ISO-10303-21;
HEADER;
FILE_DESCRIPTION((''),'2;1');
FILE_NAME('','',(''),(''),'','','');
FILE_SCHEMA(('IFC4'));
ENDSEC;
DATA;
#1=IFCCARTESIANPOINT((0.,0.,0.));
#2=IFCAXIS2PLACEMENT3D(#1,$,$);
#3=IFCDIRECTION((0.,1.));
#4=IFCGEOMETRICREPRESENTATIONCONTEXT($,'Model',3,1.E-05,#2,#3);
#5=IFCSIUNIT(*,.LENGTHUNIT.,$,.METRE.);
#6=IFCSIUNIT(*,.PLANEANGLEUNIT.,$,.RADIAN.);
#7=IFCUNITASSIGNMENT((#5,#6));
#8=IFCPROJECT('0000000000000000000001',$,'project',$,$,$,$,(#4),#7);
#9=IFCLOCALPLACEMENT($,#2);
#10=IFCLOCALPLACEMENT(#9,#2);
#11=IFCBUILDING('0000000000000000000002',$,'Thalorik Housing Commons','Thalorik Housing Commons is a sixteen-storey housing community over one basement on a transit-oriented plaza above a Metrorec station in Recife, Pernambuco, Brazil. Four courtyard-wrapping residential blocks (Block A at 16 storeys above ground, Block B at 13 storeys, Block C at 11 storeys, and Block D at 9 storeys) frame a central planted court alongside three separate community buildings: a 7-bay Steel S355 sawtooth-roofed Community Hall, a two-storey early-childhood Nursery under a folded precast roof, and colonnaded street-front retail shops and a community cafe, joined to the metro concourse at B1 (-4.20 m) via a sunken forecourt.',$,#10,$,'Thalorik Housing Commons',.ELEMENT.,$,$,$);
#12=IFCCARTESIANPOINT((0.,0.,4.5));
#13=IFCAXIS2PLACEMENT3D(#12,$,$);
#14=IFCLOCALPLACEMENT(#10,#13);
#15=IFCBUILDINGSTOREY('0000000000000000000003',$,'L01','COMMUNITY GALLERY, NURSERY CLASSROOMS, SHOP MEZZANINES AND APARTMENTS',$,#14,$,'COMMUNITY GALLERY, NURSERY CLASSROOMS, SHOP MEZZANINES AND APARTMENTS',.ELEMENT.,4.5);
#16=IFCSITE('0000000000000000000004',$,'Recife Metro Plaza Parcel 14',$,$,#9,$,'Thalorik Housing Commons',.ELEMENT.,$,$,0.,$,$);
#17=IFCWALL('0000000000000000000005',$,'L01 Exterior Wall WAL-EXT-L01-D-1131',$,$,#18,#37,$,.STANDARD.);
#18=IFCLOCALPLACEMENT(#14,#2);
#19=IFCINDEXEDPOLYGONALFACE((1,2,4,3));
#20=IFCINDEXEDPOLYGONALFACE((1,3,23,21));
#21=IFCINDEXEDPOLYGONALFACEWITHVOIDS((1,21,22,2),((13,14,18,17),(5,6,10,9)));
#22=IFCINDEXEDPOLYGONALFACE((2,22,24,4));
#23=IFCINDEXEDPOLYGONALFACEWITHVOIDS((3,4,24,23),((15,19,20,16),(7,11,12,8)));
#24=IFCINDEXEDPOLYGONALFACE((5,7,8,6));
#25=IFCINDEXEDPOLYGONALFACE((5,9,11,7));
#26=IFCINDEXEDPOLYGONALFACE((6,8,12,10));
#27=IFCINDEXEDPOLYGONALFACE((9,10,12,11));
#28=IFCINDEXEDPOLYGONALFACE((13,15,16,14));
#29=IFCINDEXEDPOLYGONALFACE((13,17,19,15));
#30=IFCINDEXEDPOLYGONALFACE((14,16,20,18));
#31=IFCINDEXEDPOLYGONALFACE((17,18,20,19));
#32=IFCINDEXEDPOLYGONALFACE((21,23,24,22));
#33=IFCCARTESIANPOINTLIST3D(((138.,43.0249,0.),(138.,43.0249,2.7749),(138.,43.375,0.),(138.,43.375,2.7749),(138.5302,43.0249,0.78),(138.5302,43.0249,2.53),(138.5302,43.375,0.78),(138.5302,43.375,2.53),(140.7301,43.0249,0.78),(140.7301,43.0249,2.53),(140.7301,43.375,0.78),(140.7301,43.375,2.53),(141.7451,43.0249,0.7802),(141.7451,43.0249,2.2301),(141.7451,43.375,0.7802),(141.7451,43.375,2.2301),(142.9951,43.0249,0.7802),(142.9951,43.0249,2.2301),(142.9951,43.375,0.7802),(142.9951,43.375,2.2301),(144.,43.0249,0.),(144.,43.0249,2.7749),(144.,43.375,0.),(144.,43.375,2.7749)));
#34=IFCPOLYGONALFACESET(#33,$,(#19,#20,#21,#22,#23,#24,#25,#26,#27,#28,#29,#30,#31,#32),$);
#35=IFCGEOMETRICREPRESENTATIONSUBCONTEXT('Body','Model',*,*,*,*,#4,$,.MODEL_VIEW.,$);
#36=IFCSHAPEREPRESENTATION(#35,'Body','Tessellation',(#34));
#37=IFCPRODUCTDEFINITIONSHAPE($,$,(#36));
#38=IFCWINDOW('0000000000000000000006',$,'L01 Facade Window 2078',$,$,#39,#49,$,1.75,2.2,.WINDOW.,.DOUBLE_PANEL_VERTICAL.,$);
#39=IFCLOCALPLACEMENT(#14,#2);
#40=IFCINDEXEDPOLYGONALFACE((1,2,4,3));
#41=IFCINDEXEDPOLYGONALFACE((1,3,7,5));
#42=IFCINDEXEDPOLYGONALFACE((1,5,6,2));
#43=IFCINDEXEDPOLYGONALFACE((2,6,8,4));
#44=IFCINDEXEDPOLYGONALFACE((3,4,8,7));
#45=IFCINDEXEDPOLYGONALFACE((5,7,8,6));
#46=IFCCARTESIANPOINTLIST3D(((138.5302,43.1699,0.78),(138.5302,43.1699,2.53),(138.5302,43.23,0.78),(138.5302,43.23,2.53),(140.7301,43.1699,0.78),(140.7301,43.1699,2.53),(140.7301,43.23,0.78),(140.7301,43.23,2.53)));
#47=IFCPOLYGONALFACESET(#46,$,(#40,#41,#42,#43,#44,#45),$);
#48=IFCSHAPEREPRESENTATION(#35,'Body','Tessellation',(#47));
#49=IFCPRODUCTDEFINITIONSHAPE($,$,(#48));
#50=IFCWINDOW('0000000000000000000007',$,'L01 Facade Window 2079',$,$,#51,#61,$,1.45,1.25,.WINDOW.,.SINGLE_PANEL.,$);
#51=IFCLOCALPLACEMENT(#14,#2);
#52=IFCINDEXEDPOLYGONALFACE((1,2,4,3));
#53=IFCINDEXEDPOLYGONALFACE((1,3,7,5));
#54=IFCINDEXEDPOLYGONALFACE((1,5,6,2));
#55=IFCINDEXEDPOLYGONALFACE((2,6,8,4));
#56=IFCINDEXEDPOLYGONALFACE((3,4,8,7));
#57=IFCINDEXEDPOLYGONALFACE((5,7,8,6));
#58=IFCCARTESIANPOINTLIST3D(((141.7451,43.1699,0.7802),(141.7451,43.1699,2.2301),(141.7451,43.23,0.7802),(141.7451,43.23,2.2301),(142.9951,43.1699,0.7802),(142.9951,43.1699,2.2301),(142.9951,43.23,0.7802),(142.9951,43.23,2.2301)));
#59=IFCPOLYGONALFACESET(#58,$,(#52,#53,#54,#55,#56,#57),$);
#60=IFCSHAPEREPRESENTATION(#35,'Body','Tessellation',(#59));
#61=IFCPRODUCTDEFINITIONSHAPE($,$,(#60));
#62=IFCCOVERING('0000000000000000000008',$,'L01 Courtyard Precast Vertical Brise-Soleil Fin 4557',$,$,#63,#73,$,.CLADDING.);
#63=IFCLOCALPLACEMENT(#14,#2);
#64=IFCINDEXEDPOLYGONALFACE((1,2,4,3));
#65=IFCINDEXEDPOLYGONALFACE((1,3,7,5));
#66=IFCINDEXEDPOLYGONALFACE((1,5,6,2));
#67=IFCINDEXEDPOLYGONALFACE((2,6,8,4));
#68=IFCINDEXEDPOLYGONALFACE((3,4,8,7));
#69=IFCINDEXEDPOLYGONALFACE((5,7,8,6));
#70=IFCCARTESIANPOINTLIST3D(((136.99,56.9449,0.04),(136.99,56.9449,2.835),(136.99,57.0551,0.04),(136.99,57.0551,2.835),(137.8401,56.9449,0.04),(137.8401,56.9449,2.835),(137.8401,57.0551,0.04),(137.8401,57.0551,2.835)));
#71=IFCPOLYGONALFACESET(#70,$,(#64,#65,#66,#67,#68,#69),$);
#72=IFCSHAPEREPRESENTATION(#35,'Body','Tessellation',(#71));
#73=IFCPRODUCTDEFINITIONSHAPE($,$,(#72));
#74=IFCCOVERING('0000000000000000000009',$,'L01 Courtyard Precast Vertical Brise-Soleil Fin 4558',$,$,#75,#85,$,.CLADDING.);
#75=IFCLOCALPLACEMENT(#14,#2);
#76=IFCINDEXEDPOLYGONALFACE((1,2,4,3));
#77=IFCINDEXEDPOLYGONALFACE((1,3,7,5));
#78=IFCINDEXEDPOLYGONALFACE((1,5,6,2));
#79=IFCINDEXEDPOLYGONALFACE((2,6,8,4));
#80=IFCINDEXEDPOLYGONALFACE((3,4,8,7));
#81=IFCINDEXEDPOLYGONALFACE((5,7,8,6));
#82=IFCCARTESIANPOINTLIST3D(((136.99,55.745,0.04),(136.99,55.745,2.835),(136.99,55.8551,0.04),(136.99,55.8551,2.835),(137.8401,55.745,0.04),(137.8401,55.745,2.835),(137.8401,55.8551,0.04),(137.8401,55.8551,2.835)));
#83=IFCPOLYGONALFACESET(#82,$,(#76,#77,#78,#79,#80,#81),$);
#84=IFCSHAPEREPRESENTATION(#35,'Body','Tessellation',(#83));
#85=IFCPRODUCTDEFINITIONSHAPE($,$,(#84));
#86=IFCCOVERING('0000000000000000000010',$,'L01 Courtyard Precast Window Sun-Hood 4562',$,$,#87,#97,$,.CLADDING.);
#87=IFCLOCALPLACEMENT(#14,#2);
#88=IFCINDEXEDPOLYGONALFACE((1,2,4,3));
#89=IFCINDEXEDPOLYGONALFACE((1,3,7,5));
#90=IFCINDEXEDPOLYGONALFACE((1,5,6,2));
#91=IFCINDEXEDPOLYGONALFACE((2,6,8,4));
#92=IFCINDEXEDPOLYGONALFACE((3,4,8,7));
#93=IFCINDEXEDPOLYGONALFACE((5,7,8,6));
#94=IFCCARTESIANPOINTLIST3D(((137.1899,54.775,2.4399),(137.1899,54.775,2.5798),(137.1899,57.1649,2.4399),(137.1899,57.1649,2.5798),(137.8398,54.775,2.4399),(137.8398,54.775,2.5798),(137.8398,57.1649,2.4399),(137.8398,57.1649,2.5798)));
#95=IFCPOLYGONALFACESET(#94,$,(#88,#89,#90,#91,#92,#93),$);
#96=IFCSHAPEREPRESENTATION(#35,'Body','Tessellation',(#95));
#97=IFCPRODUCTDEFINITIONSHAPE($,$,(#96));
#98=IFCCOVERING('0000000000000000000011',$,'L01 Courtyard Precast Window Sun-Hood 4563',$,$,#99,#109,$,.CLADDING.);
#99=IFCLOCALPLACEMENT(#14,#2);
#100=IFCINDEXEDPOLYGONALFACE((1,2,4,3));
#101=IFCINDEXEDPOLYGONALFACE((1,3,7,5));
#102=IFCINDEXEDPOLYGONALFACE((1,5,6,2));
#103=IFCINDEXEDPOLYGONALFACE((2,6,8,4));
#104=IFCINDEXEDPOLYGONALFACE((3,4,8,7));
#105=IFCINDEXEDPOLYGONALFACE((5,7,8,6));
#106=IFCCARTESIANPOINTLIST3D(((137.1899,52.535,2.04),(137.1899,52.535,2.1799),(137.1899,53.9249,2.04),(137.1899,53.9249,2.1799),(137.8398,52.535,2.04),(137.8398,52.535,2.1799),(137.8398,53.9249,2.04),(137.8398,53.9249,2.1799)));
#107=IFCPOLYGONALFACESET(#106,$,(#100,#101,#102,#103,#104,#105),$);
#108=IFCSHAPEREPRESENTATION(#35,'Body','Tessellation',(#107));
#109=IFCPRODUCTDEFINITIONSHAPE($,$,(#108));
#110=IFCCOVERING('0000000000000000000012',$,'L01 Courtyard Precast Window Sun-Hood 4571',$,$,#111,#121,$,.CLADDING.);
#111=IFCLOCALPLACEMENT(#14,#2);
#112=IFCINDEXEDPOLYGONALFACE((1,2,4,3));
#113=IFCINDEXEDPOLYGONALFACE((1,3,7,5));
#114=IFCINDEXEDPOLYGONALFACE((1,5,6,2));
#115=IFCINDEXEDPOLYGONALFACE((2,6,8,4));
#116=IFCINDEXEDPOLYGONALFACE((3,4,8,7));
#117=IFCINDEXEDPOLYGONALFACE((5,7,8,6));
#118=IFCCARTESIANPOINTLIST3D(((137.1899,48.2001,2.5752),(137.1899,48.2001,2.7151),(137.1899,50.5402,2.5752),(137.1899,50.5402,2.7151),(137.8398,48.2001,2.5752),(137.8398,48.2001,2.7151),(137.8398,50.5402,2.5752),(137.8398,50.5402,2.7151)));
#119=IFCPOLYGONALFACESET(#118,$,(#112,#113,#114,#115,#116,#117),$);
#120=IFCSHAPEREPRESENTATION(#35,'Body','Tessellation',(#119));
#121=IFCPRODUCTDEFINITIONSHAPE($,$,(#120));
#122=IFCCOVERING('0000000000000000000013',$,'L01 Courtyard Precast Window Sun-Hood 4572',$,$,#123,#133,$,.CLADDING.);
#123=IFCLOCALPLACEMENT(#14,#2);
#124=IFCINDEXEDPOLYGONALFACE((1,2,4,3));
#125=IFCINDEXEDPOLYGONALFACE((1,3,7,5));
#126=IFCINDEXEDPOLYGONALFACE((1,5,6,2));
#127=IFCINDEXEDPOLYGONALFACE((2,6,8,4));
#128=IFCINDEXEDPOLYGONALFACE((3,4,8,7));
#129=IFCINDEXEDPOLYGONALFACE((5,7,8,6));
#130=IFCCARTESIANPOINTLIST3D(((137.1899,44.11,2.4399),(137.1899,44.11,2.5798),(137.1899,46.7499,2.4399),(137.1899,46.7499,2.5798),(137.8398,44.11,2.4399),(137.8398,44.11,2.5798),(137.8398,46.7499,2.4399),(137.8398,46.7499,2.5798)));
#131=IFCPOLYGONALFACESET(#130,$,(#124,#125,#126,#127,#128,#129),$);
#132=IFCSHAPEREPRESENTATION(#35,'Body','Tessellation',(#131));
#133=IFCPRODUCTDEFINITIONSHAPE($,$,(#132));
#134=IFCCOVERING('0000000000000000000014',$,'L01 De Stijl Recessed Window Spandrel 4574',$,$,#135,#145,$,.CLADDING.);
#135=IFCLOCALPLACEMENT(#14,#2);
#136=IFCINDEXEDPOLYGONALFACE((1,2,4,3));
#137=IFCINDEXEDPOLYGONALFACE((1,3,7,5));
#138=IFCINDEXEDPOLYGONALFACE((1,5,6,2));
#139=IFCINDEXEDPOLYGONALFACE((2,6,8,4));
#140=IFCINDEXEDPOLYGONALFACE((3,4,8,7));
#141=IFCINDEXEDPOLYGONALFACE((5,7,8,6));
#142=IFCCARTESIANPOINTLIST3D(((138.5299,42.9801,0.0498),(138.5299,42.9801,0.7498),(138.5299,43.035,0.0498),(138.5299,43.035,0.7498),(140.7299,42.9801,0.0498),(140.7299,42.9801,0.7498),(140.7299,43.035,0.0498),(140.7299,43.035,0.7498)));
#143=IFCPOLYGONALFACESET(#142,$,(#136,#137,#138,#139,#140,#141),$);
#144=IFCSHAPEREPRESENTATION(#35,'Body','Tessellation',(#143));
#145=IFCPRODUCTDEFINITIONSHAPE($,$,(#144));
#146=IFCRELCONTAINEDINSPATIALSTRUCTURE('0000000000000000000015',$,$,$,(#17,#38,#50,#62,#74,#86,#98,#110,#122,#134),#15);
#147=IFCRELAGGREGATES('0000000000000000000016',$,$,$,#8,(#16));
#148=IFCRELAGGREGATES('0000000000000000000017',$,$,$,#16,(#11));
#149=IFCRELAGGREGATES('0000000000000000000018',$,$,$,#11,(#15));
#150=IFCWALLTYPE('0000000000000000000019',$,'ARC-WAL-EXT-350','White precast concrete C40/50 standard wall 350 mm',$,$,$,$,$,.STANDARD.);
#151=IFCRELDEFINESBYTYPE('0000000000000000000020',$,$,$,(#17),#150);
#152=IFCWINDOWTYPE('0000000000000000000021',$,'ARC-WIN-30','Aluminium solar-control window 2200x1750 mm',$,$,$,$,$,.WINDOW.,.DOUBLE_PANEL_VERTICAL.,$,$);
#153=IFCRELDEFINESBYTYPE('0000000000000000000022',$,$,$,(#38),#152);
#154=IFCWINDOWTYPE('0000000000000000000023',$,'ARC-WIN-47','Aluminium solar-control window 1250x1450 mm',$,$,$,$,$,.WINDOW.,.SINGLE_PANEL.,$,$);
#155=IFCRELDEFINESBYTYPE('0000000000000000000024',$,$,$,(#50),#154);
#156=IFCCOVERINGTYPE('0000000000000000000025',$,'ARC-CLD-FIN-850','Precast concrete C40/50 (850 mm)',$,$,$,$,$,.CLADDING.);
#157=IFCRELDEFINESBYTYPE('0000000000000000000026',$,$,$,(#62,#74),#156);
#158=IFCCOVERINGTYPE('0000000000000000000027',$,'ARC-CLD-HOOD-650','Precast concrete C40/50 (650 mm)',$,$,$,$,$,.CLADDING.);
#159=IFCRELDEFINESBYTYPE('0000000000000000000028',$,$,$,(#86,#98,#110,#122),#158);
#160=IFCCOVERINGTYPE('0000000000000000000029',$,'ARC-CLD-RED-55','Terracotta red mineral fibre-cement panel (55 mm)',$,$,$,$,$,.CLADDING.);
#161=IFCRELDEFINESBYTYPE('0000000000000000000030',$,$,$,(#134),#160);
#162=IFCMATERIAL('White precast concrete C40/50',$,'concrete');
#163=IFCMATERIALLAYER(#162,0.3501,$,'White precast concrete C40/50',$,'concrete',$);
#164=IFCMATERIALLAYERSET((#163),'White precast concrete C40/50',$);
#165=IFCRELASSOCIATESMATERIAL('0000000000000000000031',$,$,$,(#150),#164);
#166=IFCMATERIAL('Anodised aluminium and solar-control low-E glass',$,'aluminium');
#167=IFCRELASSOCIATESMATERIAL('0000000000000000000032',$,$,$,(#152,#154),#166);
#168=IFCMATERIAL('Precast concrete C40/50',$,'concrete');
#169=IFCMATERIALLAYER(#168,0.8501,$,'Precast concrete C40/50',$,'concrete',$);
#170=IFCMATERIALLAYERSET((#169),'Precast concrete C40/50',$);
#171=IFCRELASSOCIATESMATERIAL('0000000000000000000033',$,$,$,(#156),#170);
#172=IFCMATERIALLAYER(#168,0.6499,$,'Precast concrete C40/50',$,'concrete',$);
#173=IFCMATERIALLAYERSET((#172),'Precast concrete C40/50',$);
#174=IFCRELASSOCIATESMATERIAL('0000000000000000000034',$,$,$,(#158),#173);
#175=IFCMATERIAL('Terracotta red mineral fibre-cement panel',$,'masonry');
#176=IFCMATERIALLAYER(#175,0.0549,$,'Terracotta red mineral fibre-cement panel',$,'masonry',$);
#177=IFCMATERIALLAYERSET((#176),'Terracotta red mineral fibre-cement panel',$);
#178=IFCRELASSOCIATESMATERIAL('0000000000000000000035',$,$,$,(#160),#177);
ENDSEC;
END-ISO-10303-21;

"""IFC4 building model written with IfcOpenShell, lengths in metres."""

from ifc_helpers import new_model, si_unit, direction, frame, frame_2d, origin, origin_2d, place, context, subcontext, project, spatial, rectangle, extrude, material, layer, layer_set, type_object, element, fill, save


model = new_model("IFC4")

# Units and contexts
model_context = context("Model", 3, precision=1e-05, world=origin(), true_north=direction((0.0, 1.0)))
body_context = subcontext(model_context, "Body", "Model", "MODEL_VIEW")
ifc_project = project(units=[si_unit("LENGTHUNIT", "METRE"), si_unit("PLANEANGLEUNIT", "RADIAN")], contexts=[model_context])

# Site, building, storey
site_placement = place(None, origin())
site = spatial("IfcSite", under=ifc_project, at=site_placement, Name="Recife Metro Plaza Parcel 14", LongName="Thalorik Housing Commons", CompositionType="ELEMENT", RefElevation=0.0)
building_placement = place(site_placement, origin())
building = spatial("IfcBuilding", under=site, at=building_placement, Name="Thalorik Housing Commons", Description="Thalorik Housing Commons is a sixteen-storey housing community over one basement on a transit-oriented plaza above a Metrorec station in Recife, Pernambuco, Brazil. Four courtyard-wrapping residential blocks (Block A at 16 storeys above ground, Block B at 13 storeys, Block C at 11 storeys, and Block D at 9 storeys) frame a central planted court alongside three separate community buildings: a 7-bay Steel S355 sawtooth-roofed Community Hall, a two-storey early-childhood Nursery under a folded precast roof, and colonnaded street-front retail shops and a community cafe, joined to the metro concourse at B1 (-4.20 m) via a sunken forecourt.", LongName="Thalorik Housing Commons", CompositionType="ELEMENT")
storey_placement = place(building_placement, frame((0.0, 0.0, 4.5)))
storey = spatial("IfcBuildingStorey", under=building, at=storey_placement, Name="L01", Description="COMMUNITY GALLERY, NURSERY CLASSROOMS, SHOP MEZZANINES AND APARTMENTS", LongName="COMMUNITY GALLERY, NURSERY CLASSROOMS, SHOP MEZZANINES AND APARTMENTS", CompositionType="ELEMENT", Elevation=4.5)

# Shared definitions
ifc_material_1 = material(Name="Precast concrete C40/50", Category="concrete")

# Wall, openings, windows
ifc_material_2 = material(Name="White precast concrete C40/50", Category="concrete")
ifc_layer_1 = layer(ifc_material_2, 0.3501, Name="White precast concrete C40/50", Category="concrete")
ifc_layer_set_1 = layer_set([ifc_layer_1], Name="White precast concrete C40/50")
wall_type = type_object("IfcWallType", Name="ARC-WAL-EXT-350", Description="White precast concrete C40/50 standard wall 350 mm", PredefinedType="STANDARD", material=ifc_layer_set_1)
ifc_material_3 = material(Name="Anodised aluminium and solar-control low-E glass", Category="aluminium")
wall_1_placement = place(storey_placement, frame((138.0, 43.2, 0.0), z_axis=(0.0, 0.0, 1.0), x_axis=(1.0, 0.0, 0.0)))
wall_1 = element("IfcWall", 1, at=wall_1_placement, inside=storey, type_object=wall_type, Name="L01 Exterior Wall WAL-EXT-L01-D-1131", PredefinedType="STANDARD", context=body_context, shape_type="SweptSolid", body=[
    extrude(rectangle(XDim=6.0, YDim=0.3501, at=frame_2d((3.0, 0.0))), origin(), (0.0, 0.0, 1.0), 2.7749),
])
opening_1_placement = place(wall_1_placement, frame((0.53, 0.0, 0.78)))
opening_1 = element("IfcOpeningElement", 2, at=opening_1_placement, cuts=wall_1, PredefinedType="OPENING", context=body_context, shape_type="SweptSolid", body=[
    extrude(rectangle(XDim=2.2, YDim=1.75, at=frame_2d((1.1001, 0.875))), frame((0.0, 0.1851, 0.0), z_axis=(0.0, -1.0, 0.0), x_axis=(1.0, 0.0, 0.0)), (0.0, 0.0, 1.0), 0.3701),
])
opening_2_placement = place(wall_1_placement, frame((3.7451, 0.0, 0.78)))
opening_2 = element("IfcOpeningElement", 3, at=opening_2_placement, cuts=wall_1, PredefinedType="OPENING", context=body_context, shape_type="SweptSolid", body=[
    extrude(rectangle(XDim=1.25, YDim=1.45, at=frame_2d((0.625, 0.7251))), frame((0.0, 0.1851, 0.0), z_axis=(0.0, -1.0, 0.0), x_axis=(1.0, 0.0, 0.0)), (0.0, 0.0, 1.0), 0.3701),
])
window_type_1 = type_object("IfcWindowType", Name="ARC-WIN-30", Description="Aluminium solar-control window 2200x1750 mm", PartitioningType="DOUBLE_PANEL_VERTICAL", PredefinedType="WINDOW", material=ifc_material_3)
window_1_placement = place(opening_1_placement, origin())
window_1 = element("IfcWindow", 4, at=window_1_placement, inside=storey, type_object=window_type_1, Name="L01 Facade Window 2078", OverallHeight=1.75, OverallWidth=2.2, PartitioningType="DOUBLE_PANEL_VERTICAL", PredefinedType="WINDOW", context=body_context, shape_type="SweptSolid", body=[
    extrude(rectangle(XDim=2.2, YDim=1.75, at=frame_2d((1.1001, 0.875))), frame((0.0, 0.03, 0.0), z_axis=(0.0, -1.0, 0.0), x_axis=(1.0, 0.0, 0.0)), (0.0, 0.0, 1.0), 0.0601),
])
fill(opening_1, window_1)
window_type_2 = type_object("IfcWindowType", Name="ARC-WIN-47", Description="Aluminium solar-control window 1250x1450 mm", PartitioningType="SINGLE_PANEL", PredefinedType="WINDOW", material=ifc_material_3)
window_2_placement = place(opening_2_placement, origin())
window_2 = element("IfcWindow", 5, at=window_2_placement, inside=storey, type_object=window_type_2, Name="L01 Facade Window 2079", OverallHeight=1.45, OverallWidth=1.25, PartitioningType="SINGLE_PANEL", PredefinedType="WINDOW", context=body_context, shape_type="SweptSolid", body=[
    extrude(rectangle(XDim=1.25, YDim=1.45, at=frame_2d((0.625, 0.7251))), frame((0.0, 0.03, 0.0), z_axis=(0.0, -1.0, 0.0), x_axis=(1.0, 0.0, 0.0)), (0.0, 0.0, 1.0), 0.0601),
])
fill(opening_2, window_2)

# Coverings
ifc_layer_2 = layer(ifc_material_1, 0.8501, Name="Precast concrete C40/50", Category="concrete")
ifc_layer_set_2 = layer_set([ifc_layer_2], Name="Precast concrete C40/50")
covering_type_1 = type_object("IfcCoveringType", Name="ARC-CLD-FIN-850", Description="Precast concrete C40/50 (850 mm)", PredefinedType="CLADDING", material=ifc_layer_set_2)
for number, where, z_axis, x_axis, name in (
    (6, (137.415, 57.0, 0.04), (0.0, 0.0, 1.0), (0.0, -1.0, 0.0), "L01 Courtyard Precast Vertical Brise-Soleil Fin 4557"),
    (7, (137.415, 55.8, 0.04), (0.0, 0.0, 1.0), (0.0, -1.0, 0.0), "L01 Courtyard Precast Vertical Brise-Soleil Fin 4558"),
):
    element("IfcCovering", number, at=place(storey_placement, frame(where, z_axis=z_axis, x_axis=x_axis)), inside=storey, type_object=covering_type_1, Name=name, PredefinedType="CLADDING", context=body_context, shape_type="SweptSolid", body=[
        extrude(rectangle(XDim=0.1101, YDim=0.8501, at=origin_2d()), origin(), (0.0, 0.0, 1.0), 2.7949),
    ])
ifc_layer_3 = layer(ifc_material_1, 0.6499, Name="Precast concrete C40/50", Category="concrete")
ifc_layer_set_3 = layer_set([ifc_layer_3], Name="Precast concrete C40/50")
covering_type_2 = type_object("IfcCoveringType", Name="ARC-CLD-HOOD-650", Description="Precast concrete C40/50 (650 mm)", PredefinedType="CLADDING", material=ifc_layer_set_3)
covering_1_placement = place(storey_placement, frame((137.5149, 55.97, 2.4399), z_axis=(0.0, 0.0, 1.0), x_axis=(0.0, -1.0, 0.0)))
element("IfcCovering", 8, at=covering_1_placement, inside=storey, type_object=covering_type_2, Name="L01 Courtyard Precast Window Sun-Hood 4562", PredefinedType="CLADDING", context=body_context, shape_type="SweptSolid", body=[
    extrude(rectangle(XDim=2.3899, YDim=0.6499, at=origin_2d()), origin(), (0.0, 0.0, 1.0), 0.1399),
])
covering_2_placement = place(storey_placement, frame((137.5149, 53.23, 2.04), z_axis=(0.0, 0.0, 1.0), x_axis=(0.0, -1.0, 0.0)))
element("IfcCovering", 9, at=covering_2_placement, inside=storey, type_object=covering_type_2, Name="L01 Courtyard Precast Window Sun-Hood 4563", PredefinedType="CLADDING", context=body_context, shape_type="SweptSolid", body=[
    extrude(rectangle(XDim=1.3899, YDim=0.6499, at=origin_2d()), origin(), (0.0, 0.0, 1.0), 0.1399),
])
covering_3_placement = place(storey_placement, frame((137.5149, 49.3701, 2.5752), z_axis=(0.0, 0.0, 1.0), x_axis=(0.0, -1.0, 0.0)))
element("IfcCovering", 10, at=covering_3_placement, inside=storey, type_object=covering_type_2, Name="L01 Courtyard Precast Window Sun-Hood 4571", PredefinedType="CLADDING", context=body_context, shape_type="SweptSolid", body=[
    extrude(rectangle(XDim=2.3401, YDim=0.6499, at=origin_2d()), origin(), (0.0, 0.0, 1.0), 0.1399),
])
covering_4_placement = place(storey_placement, frame((137.5149, 45.4299, 2.4399), z_axis=(0.0, 0.0, 1.0), x_axis=(0.0, -1.0, 0.0)))
element("IfcCovering", 11, at=covering_4_placement, inside=storey, type_object=covering_type_2, Name="L01 Courtyard Precast Window Sun-Hood 4572", PredefinedType="CLADDING", context=body_context, shape_type="SweptSolid", body=[
    extrude(rectangle(XDim=2.6399, YDim=0.6499, at=origin_2d()), origin(), (0.0, 0.0, 1.0), 0.1399),
])
ifc_material_4 = material(Name="Terracotta red mineral fibre-cement panel", Category="masonry")
ifc_layer_4 = layer(ifc_material_4, 0.0549, Name="Terracotta red mineral fibre-cement panel", Category="masonry")
ifc_layer_set_4 = layer_set([ifc_layer_4], Name="Terracotta red mineral fibre-cement panel")
covering_type_3 = type_object("IfcCoveringType", Name="ARC-CLD-RED-55", Description="Terracotta red mineral fibre-cement panel (55 mm)", PredefinedType="CLADDING", material=ifc_layer_set_4)
covering_5_placement = place(storey_placement, frame((139.6299, 43.0076, 0.0498), z_axis=(0.0, 0.0, 1.0), x_axis=(1.0, 0.0, 0.0)))
element("IfcCovering", 12, at=covering_5_placement, inside=storey, type_object=covering_type_3, Name="L01 De Stijl Recessed Window Spandrel 4574", PredefinedType="CLADDING", context=body_context, shape_type="SweptSolid", body=[
    extrude(rectangle(XDim=2.2, YDim=0.0549, at=origin_2d()), origin(), (0.0, 0.0, 1.0), 0.7),
])

save(model, "model.ifc")
